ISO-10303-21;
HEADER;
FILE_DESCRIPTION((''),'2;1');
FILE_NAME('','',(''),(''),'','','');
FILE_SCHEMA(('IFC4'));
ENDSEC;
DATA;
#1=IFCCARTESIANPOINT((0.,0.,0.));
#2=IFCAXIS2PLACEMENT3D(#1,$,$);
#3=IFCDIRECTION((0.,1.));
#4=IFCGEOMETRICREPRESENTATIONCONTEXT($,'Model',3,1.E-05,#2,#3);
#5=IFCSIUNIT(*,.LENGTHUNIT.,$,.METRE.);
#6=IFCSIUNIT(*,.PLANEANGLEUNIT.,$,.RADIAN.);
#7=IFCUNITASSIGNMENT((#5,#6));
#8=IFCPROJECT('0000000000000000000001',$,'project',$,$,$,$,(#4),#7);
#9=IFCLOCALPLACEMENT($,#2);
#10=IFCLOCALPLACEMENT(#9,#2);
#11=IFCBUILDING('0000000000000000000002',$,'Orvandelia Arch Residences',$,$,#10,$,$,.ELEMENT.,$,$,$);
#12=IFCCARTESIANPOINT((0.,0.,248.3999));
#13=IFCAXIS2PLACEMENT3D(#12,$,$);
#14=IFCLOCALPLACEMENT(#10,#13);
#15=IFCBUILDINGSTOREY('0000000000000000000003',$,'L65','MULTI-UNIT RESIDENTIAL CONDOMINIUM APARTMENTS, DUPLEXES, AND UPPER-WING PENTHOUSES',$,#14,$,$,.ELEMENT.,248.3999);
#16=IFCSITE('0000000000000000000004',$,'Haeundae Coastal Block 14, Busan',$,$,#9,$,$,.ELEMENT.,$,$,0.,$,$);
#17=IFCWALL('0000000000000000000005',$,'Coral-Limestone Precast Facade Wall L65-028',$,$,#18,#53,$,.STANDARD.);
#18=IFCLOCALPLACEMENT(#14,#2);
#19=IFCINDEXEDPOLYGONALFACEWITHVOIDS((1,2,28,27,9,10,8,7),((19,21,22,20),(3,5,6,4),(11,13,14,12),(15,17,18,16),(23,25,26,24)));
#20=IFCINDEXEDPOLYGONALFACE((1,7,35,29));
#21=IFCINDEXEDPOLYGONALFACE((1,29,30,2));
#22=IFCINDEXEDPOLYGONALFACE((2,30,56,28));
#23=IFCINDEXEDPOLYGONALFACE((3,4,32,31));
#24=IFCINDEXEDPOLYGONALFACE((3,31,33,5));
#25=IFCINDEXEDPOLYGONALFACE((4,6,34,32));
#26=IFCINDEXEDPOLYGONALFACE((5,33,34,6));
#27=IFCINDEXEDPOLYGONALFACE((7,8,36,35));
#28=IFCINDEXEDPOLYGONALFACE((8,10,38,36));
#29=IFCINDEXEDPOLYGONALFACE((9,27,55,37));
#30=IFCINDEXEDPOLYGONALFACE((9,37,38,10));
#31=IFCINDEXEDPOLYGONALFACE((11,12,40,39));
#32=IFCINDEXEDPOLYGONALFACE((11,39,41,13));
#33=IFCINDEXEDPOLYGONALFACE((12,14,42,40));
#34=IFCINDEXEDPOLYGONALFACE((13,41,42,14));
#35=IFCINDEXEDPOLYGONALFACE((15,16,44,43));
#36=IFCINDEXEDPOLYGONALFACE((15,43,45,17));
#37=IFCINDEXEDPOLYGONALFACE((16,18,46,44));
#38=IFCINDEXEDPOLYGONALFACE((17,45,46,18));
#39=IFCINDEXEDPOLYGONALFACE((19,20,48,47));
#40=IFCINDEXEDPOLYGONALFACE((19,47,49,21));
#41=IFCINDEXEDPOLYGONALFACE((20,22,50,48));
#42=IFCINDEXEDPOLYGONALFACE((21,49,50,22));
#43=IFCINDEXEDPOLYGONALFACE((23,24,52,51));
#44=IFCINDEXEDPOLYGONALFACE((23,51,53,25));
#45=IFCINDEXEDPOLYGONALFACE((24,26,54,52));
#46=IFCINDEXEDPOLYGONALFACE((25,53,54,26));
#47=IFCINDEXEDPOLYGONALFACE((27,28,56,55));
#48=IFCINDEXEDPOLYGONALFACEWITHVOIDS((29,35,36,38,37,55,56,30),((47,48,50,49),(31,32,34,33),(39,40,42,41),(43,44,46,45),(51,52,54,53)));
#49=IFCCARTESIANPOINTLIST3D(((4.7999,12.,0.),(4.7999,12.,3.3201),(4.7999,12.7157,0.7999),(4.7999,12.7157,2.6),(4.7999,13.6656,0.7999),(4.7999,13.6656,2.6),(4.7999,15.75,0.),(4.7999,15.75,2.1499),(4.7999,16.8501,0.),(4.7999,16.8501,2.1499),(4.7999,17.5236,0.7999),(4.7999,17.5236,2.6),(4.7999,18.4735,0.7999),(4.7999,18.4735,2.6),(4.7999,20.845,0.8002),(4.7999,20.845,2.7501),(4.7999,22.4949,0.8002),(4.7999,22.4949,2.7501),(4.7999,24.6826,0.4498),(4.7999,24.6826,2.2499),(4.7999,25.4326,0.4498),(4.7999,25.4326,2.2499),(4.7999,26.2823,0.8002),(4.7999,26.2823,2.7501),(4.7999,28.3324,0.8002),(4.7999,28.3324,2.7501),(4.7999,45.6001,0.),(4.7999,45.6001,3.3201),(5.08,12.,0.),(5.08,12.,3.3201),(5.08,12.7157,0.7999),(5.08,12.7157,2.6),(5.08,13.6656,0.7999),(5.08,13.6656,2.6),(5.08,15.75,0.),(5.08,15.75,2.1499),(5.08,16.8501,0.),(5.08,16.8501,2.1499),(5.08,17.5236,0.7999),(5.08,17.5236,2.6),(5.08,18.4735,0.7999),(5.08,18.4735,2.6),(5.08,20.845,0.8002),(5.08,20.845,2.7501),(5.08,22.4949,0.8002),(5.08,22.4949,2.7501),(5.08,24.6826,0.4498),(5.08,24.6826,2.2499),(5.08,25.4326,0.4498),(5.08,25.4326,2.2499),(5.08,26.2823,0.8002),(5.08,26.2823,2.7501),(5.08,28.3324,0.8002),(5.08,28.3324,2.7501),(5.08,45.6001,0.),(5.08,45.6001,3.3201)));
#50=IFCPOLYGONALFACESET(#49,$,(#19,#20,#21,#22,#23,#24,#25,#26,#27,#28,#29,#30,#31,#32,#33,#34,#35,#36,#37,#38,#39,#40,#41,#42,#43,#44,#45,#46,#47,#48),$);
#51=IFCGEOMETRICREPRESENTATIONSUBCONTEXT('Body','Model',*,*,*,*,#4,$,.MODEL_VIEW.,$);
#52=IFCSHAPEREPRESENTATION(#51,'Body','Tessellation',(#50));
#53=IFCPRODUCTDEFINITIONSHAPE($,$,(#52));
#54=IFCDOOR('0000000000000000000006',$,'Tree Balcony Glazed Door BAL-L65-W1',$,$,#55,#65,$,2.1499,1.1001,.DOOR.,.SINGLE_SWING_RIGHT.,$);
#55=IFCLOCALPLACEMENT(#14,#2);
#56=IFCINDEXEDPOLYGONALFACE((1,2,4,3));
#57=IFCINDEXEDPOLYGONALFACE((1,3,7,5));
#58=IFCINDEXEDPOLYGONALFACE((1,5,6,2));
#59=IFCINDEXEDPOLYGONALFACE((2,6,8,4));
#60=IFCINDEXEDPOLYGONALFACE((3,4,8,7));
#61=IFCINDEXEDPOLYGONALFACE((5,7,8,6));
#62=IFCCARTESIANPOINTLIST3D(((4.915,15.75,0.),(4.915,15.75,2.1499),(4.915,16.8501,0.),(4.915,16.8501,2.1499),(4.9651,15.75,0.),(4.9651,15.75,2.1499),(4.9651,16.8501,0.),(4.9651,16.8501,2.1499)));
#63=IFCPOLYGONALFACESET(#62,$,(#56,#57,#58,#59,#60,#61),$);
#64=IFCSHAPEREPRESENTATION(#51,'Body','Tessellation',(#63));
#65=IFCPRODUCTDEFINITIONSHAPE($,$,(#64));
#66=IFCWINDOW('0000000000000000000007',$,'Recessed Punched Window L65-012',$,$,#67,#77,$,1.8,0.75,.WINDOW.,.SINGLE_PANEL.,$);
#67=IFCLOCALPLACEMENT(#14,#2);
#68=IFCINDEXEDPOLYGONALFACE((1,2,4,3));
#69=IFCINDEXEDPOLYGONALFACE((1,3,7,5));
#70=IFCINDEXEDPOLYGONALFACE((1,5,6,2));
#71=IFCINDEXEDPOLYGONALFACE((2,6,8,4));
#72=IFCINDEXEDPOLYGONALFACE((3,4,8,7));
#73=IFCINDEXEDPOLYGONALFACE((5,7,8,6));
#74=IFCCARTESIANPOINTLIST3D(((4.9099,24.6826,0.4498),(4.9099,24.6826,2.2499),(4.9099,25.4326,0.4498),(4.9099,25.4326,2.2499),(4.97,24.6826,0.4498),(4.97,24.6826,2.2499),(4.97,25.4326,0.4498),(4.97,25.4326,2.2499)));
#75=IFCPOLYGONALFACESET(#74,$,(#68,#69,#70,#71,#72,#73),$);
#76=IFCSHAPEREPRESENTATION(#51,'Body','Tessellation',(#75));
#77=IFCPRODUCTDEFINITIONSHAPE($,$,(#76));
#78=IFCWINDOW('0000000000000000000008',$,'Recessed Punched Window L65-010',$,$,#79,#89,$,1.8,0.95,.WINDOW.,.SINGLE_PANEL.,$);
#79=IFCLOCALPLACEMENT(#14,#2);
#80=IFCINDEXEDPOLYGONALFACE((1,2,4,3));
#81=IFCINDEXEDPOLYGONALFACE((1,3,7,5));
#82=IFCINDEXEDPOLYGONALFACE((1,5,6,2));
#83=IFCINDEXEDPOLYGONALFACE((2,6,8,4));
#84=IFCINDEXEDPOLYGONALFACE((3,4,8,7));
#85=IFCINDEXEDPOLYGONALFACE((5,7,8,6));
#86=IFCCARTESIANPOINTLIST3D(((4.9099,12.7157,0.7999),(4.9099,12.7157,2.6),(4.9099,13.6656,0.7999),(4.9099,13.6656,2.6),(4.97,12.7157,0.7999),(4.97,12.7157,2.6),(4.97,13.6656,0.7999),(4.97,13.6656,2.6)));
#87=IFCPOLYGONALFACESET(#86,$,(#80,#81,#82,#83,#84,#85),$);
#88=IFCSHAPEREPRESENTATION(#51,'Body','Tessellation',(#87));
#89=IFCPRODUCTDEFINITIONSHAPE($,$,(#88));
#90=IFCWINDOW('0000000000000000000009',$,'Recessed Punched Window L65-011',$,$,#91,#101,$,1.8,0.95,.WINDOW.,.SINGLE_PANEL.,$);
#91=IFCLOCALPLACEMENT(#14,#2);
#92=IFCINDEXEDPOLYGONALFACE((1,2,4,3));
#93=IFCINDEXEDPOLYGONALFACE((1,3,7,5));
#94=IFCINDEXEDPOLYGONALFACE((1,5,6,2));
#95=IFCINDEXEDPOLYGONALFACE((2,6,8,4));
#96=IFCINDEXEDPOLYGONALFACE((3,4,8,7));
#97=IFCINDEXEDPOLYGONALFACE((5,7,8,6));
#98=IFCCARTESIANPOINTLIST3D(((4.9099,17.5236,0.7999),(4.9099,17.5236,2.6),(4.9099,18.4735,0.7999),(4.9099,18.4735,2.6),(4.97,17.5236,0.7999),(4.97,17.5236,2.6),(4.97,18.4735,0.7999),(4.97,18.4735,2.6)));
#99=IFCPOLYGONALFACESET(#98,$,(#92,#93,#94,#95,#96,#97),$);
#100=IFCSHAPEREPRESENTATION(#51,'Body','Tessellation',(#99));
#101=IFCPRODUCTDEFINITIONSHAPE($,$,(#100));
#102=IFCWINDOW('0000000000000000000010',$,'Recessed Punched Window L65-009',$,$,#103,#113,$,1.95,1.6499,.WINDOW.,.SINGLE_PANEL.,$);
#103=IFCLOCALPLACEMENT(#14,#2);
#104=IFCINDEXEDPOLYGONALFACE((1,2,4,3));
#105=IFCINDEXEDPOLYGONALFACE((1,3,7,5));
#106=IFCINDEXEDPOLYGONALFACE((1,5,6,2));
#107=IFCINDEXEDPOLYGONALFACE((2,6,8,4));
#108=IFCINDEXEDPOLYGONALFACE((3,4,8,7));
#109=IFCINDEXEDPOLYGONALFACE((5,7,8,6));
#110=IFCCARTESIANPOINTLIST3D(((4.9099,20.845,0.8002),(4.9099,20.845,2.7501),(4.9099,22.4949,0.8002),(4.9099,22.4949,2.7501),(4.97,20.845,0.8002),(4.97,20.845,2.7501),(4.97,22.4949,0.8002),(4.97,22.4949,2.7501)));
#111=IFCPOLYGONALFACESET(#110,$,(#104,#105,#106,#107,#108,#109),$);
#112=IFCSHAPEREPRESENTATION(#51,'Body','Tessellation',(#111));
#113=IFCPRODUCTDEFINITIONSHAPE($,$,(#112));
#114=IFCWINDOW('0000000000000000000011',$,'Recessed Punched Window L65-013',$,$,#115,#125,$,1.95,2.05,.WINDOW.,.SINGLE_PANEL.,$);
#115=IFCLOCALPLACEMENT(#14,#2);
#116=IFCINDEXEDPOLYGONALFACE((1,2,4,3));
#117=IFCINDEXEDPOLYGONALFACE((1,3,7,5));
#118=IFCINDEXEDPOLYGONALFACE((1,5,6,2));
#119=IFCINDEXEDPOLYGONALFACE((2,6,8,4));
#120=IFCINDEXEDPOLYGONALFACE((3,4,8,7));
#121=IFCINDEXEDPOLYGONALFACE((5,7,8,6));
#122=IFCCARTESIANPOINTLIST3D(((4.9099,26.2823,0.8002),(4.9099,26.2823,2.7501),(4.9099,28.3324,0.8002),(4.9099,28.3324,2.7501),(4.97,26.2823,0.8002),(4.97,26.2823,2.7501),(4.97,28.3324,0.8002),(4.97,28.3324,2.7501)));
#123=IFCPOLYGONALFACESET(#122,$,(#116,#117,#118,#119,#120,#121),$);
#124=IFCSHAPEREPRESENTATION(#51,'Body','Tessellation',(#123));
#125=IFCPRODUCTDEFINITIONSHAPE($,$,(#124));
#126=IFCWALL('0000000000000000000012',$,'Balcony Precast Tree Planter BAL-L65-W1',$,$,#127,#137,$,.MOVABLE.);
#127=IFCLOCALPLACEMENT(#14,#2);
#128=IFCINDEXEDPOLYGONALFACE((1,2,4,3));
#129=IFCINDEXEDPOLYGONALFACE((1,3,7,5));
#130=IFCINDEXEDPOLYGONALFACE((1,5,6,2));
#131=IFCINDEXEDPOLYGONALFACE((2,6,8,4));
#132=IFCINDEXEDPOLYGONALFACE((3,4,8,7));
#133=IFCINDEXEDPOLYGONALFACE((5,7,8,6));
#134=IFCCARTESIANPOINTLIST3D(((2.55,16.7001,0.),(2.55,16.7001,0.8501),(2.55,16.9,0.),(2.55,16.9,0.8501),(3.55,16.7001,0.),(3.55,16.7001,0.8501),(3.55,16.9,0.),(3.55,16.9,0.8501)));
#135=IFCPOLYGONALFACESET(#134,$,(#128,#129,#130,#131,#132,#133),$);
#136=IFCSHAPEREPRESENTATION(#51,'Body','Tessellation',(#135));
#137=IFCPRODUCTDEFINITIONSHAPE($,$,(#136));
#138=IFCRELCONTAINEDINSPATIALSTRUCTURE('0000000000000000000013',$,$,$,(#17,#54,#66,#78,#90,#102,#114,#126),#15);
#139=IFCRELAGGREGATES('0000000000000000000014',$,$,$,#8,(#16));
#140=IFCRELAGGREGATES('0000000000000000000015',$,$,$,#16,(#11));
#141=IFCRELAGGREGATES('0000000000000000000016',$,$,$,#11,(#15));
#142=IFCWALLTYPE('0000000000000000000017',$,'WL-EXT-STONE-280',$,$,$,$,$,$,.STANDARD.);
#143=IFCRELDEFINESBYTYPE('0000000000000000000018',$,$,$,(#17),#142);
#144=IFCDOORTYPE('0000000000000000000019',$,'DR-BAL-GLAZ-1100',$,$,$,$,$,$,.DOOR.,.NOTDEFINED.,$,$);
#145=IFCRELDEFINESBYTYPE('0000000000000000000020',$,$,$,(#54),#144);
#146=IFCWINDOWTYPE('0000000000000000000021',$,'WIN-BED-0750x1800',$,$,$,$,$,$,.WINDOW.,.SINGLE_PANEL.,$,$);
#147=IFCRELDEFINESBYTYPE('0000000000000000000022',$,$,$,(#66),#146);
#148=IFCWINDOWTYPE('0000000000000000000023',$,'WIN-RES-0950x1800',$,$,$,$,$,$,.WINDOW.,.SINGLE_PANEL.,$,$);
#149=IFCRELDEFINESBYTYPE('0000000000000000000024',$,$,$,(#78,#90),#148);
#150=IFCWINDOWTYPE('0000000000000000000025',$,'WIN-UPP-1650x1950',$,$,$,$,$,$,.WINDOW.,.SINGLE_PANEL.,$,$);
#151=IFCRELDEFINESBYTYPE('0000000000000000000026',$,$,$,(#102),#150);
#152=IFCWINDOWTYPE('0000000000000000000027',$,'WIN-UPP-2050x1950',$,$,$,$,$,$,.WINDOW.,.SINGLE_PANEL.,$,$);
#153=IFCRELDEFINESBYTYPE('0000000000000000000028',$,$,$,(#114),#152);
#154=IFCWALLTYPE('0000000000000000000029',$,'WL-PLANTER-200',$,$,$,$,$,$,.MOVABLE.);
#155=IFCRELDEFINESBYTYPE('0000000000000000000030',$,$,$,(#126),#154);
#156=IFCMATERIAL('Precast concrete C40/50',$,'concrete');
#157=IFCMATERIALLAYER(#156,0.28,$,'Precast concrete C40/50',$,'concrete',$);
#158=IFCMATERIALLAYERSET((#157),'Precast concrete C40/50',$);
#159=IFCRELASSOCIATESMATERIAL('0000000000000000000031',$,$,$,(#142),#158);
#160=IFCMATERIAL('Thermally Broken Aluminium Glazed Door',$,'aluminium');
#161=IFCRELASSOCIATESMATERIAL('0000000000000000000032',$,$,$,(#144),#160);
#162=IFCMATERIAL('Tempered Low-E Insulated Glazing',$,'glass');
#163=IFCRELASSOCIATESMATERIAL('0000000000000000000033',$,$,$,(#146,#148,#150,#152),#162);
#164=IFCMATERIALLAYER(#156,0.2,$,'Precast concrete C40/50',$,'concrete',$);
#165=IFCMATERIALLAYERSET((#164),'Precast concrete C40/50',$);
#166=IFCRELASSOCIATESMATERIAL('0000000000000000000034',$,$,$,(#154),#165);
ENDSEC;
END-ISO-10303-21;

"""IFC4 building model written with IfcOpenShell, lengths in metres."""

from ifc_helpers import new_model, si_unit, direction, frame, frame_2d, origin, place, context, subcontext, project, spatial, rectangle, extrude, material, layer, layer_set, type_object, element, fill, save


model = new_model("IFC4")

# Units and contexts
model_context = context("Model", 3, precision=1e-05, world=origin(), true_north=direction((0.0, 1.0)))
body_context = subcontext(model_context, "Body", "Model", "MODEL_VIEW")
ifc_project = project(units=[si_unit("LENGTHUNIT", "METRE"), si_unit("PLANEANGLEUNIT", "RADIAN")], contexts=[model_context])

# Site, building, storey
site_placement = place(None, origin())
site = spatial("IfcSite", under=ifc_project, at=site_placement, Name="Haeundae Coastal Block 14, Busan", CompositionType="ELEMENT", RefElevation=0.0)
building_placement = place(site_placement, origin())
building = spatial("IfcBuilding", under=site, at=building_placement, Name="Orvandelia Arch Residences", CompositionType="ELEMENT")
storey_placement = place(building_placement, frame((0.0, 0.0, 248.3999)))
storey = spatial("IfcBuildingStorey", under=building, at=storey_placement, Name="L65", Description="MULTI-UNIT RESIDENTIAL CONDOMINIUM APARTMENTS, DUPLEXES, AND UPPER-WING PENTHOUSES", CompositionType="ELEMENT", Elevation=248.3999)

# Shared definitions
ifc_material_1 = material(Name="Precast concrete C40/50", Category="concrete")

# Shared definitions
ifc_layer_1 = layer(ifc_material_1, 0.28, Name="Precast concrete C40/50", Category="concrete")
ifc_layer_set_1 = layer_set([ifc_layer_1], Name="Precast concrete C40/50")
wall_type_1 = type_object("IfcWallType", Name="WL-EXT-STONE-280", PredefinedType="STANDARD", material=ifc_layer_set_1)

# Wall, openings, door, windows
wall_1_placement = place(storey_placement, frame((4.9399, 12.0, 0.0), z_axis=(0.0, 0.0, 1.0), x_axis=(0.0, 1.0, 0.0)))
wall_1 = element("IfcWall", 1, at=wall_1_placement, inside=storey, type_object=wall_type_1, Name="Coral-Limestone Precast Facade Wall L65-028", PredefinedType="STANDARD", context=body_context, shape_type="SweptSolid", body=[
    extrude(rectangle(XDim=33.6001, YDim=0.28, at=frame_2d((16.8, 0.0))), origin(), (0.0, 0.0, 1.0), 3.3201),
])
opening_1_placement = place(wall_1_placement, frame((3.75, 0.0, 0.0)))
opening_1 = element("IfcOpeningElement", 2, at=opening_1_placement, cuts=wall_1, PredefinedType="OPENING", context=body_context, shape_type="SweptSolid", body=[
    extrude(rectangle(XDim=1.1001, YDim=2.1499, at=frame_2d((0.55, 1.075))), frame((0.0, 0.1499, 0.0), z_axis=(0.0, -1.0, 0.0), x_axis=(1.0, 0.0, 0.0)), (0.0, 0.0, 1.0), 0.3),
])
opening_2_placement = place(wall_1_placement, frame((8.845, 0.0, 0.8)))
opening_2 = element("IfcOpeningElement", 3, at=opening_2_placement, cuts=wall_1, PredefinedType="OPENING", context=body_context, shape_type="SweptSolid", body=[
    extrude(rectangle(XDim=1.6499, YDim=1.95, at=frame_2d((0.825, 0.9751))), frame((0.0, 0.1499, 0.0), z_axis=(0.0, -1.0, 0.0), x_axis=(1.0, 0.0, 0.0)), (0.0, 0.0, 1.0), 0.3),
])
opening_3_placement = place(wall_1_placement, frame((0.7156, 0.0, 0.8)))
opening_3 = element("IfcOpeningElement", 4, at=opening_3_placement, cuts=wall_1, PredefinedType="OPENING", context=body_context, shape_type="SweptSolid", body=[
    extrude(rectangle(XDim=0.95, YDim=1.8, at=frame_2d((0.4751, 0.8999))), frame((0.0, 0.1499, 0.0), z_axis=(0.0, -1.0, 0.0), x_axis=(1.0, 0.0, 0.0)), (0.0, 0.0, 1.0), 0.3),
])
opening_4_placement = place(wall_1_placement, frame((5.5234, 0.0, 0.8)))
opening_4 = element("IfcOpeningElement", 5, at=opening_4_placement, cuts=wall_1, PredefinedType="OPENING", context=body_context, shape_type="SweptSolid", body=[
    extrude(rectangle(XDim=0.95, YDim=1.8, at=frame_2d((0.4751, 0.8999))), frame((0.0, 0.1499, 0.0), z_axis=(0.0, -1.0, 0.0), x_axis=(1.0, 0.0, 0.0)), (0.0, 0.0, 1.0), 0.3),
])
opening_5_placement = place(wall_1_placement, frame((12.6826, 0.0, 0.45)))
opening_5 = element("IfcOpeningElement", 6, at=opening_5_placement, cuts=wall_1, PredefinedType="OPENING", context=body_context, shape_type="SweptSolid", body=[
    extrude(rectangle(XDim=0.75, YDim=1.8, at=frame_2d((0.375, 0.8999))), frame((0.0, 0.1499, 0.0), z_axis=(0.0, -1.0, 0.0), x_axis=(1.0, 0.0, 0.0)), (0.0, 0.0, 1.0), 0.3),
])
opening_6_placement = place(wall_1_placement, frame((14.2825, 0.0, 0.8)))
opening_6 = element("IfcOpeningElement", 7, at=opening_6_placement, cuts=wall_1, PredefinedType="OPENING", context=body_context, shape_type="SweptSolid", body=[
    extrude(rectangle(XDim=2.05, YDim=1.95, at=frame_2d((1.0249, 0.9751))), frame((0.0, 0.1499, 0.0), z_axis=(0.0, -1.0, 0.0), x_axis=(1.0, 0.0, 0.0)), (0.0, 0.0, 1.0), 0.3),
])
ifc_material_2 = material(Name="Thermally Broken Aluminium Glazed Door", Category="aluminium")
door_type_1 = type_object("IfcDoorType", Name="DR-BAL-GLAZ-1100", OperationType="NOTDEFINED", PredefinedType="DOOR", material=ifc_material_2)
door_1_placement = place(opening_1_placement, origin())
door_1 = element("IfcDoor", 8, at=door_1_placement, inside=storey, type_object=door_type_1, Name="Tree Balcony Glazed Door BAL-L65-W1", OperationType="SINGLE_SWING_RIGHT", OverallHeight=2.1499, OverallWidth=1.1001, PredefinedType="DOOR", context=body_context, shape_type="SweptSolid", body=[
    extrude(rectangle(XDim=1.1001, YDim=2.1499, at=frame_2d((0.55, 1.075))), frame((0.0, 0.0249, 0.0), z_axis=(0.0, -1.0, 0.0), x_axis=(1.0, 0.0, 0.0)), (0.0, 0.0, 1.0), 0.05),
])
fill(opening_1, door_1)
ifc_material_3 = material(Name="Tempered Low-E Insulated Glazing", Category="glass")
window_type_1 = type_object("IfcWindowType", Name="WIN-BED-0750x1800", PartitioningType="SINGLE_PANEL", PredefinedType="WINDOW", material=ifc_material_3)
window_1_placement = place(opening_5_placement, origin())
window_1 = element("IfcWindow", 9, at=window_1_placement, inside=storey, type_object=window_type_1, Name="Recessed Punched Window L65-012", OverallHeight=1.8, OverallWidth=0.75, PartitioningType="SINGLE_PANEL", PredefinedType="WINDOW", context=body_context, shape_type="SweptSolid", body=[
    extrude(rectangle(XDim=0.75, YDim=1.8, at=frame_2d((0.375, 0.8999))), frame((0.0, 0.03, 0.0), z_axis=(0.0, -1.0, 0.0), x_axis=(1.0, 0.0, 0.0)), (0.0, 0.0, 1.0), 0.0601),
])
fill(opening_5, window_1)
window_type_2 = type_object("IfcWindowType", Name="WIN-RES-0950x1800", PartitioningType="SINGLE_PANEL", PredefinedType="WINDOW", material=ifc_material_3)
window_2_placement = place(opening_3_placement, origin())
window_2 = element("IfcWindow", 10, at=window_2_placement, inside=storey, type_object=window_type_2, Name="Recessed Punched Window L65-010", OverallHeight=1.8, OverallWidth=0.95, PartitioningType="SINGLE_PANEL", PredefinedType="WINDOW", context=body_context, shape_type="SweptSolid", body=[
    extrude(rectangle(XDim=0.95, YDim=1.8, at=frame_2d((0.4751, 0.8999))), frame((0.0, 0.03, 0.0), z_axis=(0.0, -1.0, 0.0), x_axis=(1.0, 0.0, 0.0)), (0.0, 0.0, 1.0), 0.0601),
])
fill(opening_3, window_2)
window_3_placement = place(opening_4_placement, origin())
window_3 = element("IfcWindow", 11, at=window_3_placement, inside=storey, type_object=window_type_2, Name="Recessed Punched Window L65-011", OverallHeight=1.8, OverallWidth=0.95, PartitioningType="SINGLE_PANEL", PredefinedType="WINDOW", context=body_context, shape_type="SweptSolid", body=[
    extrude(rectangle(XDim=0.95, YDim=1.8, at=frame_2d((0.4751, 0.8999))), frame((0.0, 0.03, 0.0), z_axis=(0.0, -1.0, 0.0), x_axis=(1.0, 0.0, 0.0)), (0.0, 0.0, 1.0), 0.0601),
])
fill(opening_4, window_3)
window_type_3 = type_object("IfcWindowType", Name="WIN-UPP-1650x1950", PartitioningType="SINGLE_PANEL", PredefinedType="WINDOW", material=ifc_material_3)
window_4_placement = place(opening_2_placement, origin())
window_4 = element("IfcWindow", 12, at=window_4_placement, inside=storey, type_object=window_type_3, Name="Recessed Punched Window L65-009", OverallHeight=1.95, OverallWidth=1.6499, PartitioningType="SINGLE_PANEL", PredefinedType="WINDOW", context=body_context, shape_type="SweptSolid", body=[
    extrude(rectangle(XDim=1.6499, YDim=1.95, at=frame_2d((0.825, 0.9751))), frame((0.0, 0.03, 0.0), z_axis=(0.0, -1.0, 0.0), x_axis=(1.0, 0.0, 0.0)), (0.0, 0.0, 1.0), 0.0601),
])
fill(opening_2, window_4)
window_type_4 = type_object("IfcWindowType", Name="WIN-UPP-2050x1950", PartitioningType="SINGLE_PANEL", PredefinedType="WINDOW", material=ifc_material_3)
window_5_placement = place(opening_6_placement, origin())
window_5 = element("IfcWindow", 13, at=window_5_placement, inside=storey, type_object=window_type_4, Name="Recessed Punched Window L65-013", OverallHeight=1.95, OverallWidth=2.05, PartitioningType="SINGLE_PANEL", PredefinedType="WINDOW", context=body_context, shape_type="SweptSolid", body=[
    extrude(rectangle(XDim=2.05, YDim=1.95, at=frame_2d((1.0249, 0.9751))), frame((0.0, 0.03, 0.0), z_axis=(0.0, -1.0, 0.0), x_axis=(1.0, 0.0, 0.0)), (0.0, 0.0, 1.0), 0.0601),
])
fill(opening_6, window_5)

# Wall
ifc_layer_2 = layer(ifc_material_1, 0.2, Name="Precast concrete C40/50", Category="concrete")
ifc_layer_set_2 = layer_set([ifc_layer_2], Name="Precast concrete C40/50")
wall_type_2 = type_object("IfcWallType", Name="WL-PLANTER-200", PredefinedType="MOVABLE", material=ifc_layer_set_2)
wall_2_placement = place(storey_placement, frame((2.55, 16.8, 0.0), z_axis=(0.0, 0.0, 1.0), x_axis=(1.0, 0.0, 0.0)))
element("IfcWall", 14, at=wall_2_placement, inside=storey, type_object=wall_type_2, Name="Balcony Precast Tree Planter BAL-L65-W1", PredefinedType="MOVABLE", context=body_context, shape_type="SweptSolid", body=[
    extrude(rectangle(XDim=1.0, YDim=0.2, at=frame_2d((0.5, 0.0))), origin(), (0.0, 0.0, 1.0), 0.8501),
])

save(model, "model.ifc")
